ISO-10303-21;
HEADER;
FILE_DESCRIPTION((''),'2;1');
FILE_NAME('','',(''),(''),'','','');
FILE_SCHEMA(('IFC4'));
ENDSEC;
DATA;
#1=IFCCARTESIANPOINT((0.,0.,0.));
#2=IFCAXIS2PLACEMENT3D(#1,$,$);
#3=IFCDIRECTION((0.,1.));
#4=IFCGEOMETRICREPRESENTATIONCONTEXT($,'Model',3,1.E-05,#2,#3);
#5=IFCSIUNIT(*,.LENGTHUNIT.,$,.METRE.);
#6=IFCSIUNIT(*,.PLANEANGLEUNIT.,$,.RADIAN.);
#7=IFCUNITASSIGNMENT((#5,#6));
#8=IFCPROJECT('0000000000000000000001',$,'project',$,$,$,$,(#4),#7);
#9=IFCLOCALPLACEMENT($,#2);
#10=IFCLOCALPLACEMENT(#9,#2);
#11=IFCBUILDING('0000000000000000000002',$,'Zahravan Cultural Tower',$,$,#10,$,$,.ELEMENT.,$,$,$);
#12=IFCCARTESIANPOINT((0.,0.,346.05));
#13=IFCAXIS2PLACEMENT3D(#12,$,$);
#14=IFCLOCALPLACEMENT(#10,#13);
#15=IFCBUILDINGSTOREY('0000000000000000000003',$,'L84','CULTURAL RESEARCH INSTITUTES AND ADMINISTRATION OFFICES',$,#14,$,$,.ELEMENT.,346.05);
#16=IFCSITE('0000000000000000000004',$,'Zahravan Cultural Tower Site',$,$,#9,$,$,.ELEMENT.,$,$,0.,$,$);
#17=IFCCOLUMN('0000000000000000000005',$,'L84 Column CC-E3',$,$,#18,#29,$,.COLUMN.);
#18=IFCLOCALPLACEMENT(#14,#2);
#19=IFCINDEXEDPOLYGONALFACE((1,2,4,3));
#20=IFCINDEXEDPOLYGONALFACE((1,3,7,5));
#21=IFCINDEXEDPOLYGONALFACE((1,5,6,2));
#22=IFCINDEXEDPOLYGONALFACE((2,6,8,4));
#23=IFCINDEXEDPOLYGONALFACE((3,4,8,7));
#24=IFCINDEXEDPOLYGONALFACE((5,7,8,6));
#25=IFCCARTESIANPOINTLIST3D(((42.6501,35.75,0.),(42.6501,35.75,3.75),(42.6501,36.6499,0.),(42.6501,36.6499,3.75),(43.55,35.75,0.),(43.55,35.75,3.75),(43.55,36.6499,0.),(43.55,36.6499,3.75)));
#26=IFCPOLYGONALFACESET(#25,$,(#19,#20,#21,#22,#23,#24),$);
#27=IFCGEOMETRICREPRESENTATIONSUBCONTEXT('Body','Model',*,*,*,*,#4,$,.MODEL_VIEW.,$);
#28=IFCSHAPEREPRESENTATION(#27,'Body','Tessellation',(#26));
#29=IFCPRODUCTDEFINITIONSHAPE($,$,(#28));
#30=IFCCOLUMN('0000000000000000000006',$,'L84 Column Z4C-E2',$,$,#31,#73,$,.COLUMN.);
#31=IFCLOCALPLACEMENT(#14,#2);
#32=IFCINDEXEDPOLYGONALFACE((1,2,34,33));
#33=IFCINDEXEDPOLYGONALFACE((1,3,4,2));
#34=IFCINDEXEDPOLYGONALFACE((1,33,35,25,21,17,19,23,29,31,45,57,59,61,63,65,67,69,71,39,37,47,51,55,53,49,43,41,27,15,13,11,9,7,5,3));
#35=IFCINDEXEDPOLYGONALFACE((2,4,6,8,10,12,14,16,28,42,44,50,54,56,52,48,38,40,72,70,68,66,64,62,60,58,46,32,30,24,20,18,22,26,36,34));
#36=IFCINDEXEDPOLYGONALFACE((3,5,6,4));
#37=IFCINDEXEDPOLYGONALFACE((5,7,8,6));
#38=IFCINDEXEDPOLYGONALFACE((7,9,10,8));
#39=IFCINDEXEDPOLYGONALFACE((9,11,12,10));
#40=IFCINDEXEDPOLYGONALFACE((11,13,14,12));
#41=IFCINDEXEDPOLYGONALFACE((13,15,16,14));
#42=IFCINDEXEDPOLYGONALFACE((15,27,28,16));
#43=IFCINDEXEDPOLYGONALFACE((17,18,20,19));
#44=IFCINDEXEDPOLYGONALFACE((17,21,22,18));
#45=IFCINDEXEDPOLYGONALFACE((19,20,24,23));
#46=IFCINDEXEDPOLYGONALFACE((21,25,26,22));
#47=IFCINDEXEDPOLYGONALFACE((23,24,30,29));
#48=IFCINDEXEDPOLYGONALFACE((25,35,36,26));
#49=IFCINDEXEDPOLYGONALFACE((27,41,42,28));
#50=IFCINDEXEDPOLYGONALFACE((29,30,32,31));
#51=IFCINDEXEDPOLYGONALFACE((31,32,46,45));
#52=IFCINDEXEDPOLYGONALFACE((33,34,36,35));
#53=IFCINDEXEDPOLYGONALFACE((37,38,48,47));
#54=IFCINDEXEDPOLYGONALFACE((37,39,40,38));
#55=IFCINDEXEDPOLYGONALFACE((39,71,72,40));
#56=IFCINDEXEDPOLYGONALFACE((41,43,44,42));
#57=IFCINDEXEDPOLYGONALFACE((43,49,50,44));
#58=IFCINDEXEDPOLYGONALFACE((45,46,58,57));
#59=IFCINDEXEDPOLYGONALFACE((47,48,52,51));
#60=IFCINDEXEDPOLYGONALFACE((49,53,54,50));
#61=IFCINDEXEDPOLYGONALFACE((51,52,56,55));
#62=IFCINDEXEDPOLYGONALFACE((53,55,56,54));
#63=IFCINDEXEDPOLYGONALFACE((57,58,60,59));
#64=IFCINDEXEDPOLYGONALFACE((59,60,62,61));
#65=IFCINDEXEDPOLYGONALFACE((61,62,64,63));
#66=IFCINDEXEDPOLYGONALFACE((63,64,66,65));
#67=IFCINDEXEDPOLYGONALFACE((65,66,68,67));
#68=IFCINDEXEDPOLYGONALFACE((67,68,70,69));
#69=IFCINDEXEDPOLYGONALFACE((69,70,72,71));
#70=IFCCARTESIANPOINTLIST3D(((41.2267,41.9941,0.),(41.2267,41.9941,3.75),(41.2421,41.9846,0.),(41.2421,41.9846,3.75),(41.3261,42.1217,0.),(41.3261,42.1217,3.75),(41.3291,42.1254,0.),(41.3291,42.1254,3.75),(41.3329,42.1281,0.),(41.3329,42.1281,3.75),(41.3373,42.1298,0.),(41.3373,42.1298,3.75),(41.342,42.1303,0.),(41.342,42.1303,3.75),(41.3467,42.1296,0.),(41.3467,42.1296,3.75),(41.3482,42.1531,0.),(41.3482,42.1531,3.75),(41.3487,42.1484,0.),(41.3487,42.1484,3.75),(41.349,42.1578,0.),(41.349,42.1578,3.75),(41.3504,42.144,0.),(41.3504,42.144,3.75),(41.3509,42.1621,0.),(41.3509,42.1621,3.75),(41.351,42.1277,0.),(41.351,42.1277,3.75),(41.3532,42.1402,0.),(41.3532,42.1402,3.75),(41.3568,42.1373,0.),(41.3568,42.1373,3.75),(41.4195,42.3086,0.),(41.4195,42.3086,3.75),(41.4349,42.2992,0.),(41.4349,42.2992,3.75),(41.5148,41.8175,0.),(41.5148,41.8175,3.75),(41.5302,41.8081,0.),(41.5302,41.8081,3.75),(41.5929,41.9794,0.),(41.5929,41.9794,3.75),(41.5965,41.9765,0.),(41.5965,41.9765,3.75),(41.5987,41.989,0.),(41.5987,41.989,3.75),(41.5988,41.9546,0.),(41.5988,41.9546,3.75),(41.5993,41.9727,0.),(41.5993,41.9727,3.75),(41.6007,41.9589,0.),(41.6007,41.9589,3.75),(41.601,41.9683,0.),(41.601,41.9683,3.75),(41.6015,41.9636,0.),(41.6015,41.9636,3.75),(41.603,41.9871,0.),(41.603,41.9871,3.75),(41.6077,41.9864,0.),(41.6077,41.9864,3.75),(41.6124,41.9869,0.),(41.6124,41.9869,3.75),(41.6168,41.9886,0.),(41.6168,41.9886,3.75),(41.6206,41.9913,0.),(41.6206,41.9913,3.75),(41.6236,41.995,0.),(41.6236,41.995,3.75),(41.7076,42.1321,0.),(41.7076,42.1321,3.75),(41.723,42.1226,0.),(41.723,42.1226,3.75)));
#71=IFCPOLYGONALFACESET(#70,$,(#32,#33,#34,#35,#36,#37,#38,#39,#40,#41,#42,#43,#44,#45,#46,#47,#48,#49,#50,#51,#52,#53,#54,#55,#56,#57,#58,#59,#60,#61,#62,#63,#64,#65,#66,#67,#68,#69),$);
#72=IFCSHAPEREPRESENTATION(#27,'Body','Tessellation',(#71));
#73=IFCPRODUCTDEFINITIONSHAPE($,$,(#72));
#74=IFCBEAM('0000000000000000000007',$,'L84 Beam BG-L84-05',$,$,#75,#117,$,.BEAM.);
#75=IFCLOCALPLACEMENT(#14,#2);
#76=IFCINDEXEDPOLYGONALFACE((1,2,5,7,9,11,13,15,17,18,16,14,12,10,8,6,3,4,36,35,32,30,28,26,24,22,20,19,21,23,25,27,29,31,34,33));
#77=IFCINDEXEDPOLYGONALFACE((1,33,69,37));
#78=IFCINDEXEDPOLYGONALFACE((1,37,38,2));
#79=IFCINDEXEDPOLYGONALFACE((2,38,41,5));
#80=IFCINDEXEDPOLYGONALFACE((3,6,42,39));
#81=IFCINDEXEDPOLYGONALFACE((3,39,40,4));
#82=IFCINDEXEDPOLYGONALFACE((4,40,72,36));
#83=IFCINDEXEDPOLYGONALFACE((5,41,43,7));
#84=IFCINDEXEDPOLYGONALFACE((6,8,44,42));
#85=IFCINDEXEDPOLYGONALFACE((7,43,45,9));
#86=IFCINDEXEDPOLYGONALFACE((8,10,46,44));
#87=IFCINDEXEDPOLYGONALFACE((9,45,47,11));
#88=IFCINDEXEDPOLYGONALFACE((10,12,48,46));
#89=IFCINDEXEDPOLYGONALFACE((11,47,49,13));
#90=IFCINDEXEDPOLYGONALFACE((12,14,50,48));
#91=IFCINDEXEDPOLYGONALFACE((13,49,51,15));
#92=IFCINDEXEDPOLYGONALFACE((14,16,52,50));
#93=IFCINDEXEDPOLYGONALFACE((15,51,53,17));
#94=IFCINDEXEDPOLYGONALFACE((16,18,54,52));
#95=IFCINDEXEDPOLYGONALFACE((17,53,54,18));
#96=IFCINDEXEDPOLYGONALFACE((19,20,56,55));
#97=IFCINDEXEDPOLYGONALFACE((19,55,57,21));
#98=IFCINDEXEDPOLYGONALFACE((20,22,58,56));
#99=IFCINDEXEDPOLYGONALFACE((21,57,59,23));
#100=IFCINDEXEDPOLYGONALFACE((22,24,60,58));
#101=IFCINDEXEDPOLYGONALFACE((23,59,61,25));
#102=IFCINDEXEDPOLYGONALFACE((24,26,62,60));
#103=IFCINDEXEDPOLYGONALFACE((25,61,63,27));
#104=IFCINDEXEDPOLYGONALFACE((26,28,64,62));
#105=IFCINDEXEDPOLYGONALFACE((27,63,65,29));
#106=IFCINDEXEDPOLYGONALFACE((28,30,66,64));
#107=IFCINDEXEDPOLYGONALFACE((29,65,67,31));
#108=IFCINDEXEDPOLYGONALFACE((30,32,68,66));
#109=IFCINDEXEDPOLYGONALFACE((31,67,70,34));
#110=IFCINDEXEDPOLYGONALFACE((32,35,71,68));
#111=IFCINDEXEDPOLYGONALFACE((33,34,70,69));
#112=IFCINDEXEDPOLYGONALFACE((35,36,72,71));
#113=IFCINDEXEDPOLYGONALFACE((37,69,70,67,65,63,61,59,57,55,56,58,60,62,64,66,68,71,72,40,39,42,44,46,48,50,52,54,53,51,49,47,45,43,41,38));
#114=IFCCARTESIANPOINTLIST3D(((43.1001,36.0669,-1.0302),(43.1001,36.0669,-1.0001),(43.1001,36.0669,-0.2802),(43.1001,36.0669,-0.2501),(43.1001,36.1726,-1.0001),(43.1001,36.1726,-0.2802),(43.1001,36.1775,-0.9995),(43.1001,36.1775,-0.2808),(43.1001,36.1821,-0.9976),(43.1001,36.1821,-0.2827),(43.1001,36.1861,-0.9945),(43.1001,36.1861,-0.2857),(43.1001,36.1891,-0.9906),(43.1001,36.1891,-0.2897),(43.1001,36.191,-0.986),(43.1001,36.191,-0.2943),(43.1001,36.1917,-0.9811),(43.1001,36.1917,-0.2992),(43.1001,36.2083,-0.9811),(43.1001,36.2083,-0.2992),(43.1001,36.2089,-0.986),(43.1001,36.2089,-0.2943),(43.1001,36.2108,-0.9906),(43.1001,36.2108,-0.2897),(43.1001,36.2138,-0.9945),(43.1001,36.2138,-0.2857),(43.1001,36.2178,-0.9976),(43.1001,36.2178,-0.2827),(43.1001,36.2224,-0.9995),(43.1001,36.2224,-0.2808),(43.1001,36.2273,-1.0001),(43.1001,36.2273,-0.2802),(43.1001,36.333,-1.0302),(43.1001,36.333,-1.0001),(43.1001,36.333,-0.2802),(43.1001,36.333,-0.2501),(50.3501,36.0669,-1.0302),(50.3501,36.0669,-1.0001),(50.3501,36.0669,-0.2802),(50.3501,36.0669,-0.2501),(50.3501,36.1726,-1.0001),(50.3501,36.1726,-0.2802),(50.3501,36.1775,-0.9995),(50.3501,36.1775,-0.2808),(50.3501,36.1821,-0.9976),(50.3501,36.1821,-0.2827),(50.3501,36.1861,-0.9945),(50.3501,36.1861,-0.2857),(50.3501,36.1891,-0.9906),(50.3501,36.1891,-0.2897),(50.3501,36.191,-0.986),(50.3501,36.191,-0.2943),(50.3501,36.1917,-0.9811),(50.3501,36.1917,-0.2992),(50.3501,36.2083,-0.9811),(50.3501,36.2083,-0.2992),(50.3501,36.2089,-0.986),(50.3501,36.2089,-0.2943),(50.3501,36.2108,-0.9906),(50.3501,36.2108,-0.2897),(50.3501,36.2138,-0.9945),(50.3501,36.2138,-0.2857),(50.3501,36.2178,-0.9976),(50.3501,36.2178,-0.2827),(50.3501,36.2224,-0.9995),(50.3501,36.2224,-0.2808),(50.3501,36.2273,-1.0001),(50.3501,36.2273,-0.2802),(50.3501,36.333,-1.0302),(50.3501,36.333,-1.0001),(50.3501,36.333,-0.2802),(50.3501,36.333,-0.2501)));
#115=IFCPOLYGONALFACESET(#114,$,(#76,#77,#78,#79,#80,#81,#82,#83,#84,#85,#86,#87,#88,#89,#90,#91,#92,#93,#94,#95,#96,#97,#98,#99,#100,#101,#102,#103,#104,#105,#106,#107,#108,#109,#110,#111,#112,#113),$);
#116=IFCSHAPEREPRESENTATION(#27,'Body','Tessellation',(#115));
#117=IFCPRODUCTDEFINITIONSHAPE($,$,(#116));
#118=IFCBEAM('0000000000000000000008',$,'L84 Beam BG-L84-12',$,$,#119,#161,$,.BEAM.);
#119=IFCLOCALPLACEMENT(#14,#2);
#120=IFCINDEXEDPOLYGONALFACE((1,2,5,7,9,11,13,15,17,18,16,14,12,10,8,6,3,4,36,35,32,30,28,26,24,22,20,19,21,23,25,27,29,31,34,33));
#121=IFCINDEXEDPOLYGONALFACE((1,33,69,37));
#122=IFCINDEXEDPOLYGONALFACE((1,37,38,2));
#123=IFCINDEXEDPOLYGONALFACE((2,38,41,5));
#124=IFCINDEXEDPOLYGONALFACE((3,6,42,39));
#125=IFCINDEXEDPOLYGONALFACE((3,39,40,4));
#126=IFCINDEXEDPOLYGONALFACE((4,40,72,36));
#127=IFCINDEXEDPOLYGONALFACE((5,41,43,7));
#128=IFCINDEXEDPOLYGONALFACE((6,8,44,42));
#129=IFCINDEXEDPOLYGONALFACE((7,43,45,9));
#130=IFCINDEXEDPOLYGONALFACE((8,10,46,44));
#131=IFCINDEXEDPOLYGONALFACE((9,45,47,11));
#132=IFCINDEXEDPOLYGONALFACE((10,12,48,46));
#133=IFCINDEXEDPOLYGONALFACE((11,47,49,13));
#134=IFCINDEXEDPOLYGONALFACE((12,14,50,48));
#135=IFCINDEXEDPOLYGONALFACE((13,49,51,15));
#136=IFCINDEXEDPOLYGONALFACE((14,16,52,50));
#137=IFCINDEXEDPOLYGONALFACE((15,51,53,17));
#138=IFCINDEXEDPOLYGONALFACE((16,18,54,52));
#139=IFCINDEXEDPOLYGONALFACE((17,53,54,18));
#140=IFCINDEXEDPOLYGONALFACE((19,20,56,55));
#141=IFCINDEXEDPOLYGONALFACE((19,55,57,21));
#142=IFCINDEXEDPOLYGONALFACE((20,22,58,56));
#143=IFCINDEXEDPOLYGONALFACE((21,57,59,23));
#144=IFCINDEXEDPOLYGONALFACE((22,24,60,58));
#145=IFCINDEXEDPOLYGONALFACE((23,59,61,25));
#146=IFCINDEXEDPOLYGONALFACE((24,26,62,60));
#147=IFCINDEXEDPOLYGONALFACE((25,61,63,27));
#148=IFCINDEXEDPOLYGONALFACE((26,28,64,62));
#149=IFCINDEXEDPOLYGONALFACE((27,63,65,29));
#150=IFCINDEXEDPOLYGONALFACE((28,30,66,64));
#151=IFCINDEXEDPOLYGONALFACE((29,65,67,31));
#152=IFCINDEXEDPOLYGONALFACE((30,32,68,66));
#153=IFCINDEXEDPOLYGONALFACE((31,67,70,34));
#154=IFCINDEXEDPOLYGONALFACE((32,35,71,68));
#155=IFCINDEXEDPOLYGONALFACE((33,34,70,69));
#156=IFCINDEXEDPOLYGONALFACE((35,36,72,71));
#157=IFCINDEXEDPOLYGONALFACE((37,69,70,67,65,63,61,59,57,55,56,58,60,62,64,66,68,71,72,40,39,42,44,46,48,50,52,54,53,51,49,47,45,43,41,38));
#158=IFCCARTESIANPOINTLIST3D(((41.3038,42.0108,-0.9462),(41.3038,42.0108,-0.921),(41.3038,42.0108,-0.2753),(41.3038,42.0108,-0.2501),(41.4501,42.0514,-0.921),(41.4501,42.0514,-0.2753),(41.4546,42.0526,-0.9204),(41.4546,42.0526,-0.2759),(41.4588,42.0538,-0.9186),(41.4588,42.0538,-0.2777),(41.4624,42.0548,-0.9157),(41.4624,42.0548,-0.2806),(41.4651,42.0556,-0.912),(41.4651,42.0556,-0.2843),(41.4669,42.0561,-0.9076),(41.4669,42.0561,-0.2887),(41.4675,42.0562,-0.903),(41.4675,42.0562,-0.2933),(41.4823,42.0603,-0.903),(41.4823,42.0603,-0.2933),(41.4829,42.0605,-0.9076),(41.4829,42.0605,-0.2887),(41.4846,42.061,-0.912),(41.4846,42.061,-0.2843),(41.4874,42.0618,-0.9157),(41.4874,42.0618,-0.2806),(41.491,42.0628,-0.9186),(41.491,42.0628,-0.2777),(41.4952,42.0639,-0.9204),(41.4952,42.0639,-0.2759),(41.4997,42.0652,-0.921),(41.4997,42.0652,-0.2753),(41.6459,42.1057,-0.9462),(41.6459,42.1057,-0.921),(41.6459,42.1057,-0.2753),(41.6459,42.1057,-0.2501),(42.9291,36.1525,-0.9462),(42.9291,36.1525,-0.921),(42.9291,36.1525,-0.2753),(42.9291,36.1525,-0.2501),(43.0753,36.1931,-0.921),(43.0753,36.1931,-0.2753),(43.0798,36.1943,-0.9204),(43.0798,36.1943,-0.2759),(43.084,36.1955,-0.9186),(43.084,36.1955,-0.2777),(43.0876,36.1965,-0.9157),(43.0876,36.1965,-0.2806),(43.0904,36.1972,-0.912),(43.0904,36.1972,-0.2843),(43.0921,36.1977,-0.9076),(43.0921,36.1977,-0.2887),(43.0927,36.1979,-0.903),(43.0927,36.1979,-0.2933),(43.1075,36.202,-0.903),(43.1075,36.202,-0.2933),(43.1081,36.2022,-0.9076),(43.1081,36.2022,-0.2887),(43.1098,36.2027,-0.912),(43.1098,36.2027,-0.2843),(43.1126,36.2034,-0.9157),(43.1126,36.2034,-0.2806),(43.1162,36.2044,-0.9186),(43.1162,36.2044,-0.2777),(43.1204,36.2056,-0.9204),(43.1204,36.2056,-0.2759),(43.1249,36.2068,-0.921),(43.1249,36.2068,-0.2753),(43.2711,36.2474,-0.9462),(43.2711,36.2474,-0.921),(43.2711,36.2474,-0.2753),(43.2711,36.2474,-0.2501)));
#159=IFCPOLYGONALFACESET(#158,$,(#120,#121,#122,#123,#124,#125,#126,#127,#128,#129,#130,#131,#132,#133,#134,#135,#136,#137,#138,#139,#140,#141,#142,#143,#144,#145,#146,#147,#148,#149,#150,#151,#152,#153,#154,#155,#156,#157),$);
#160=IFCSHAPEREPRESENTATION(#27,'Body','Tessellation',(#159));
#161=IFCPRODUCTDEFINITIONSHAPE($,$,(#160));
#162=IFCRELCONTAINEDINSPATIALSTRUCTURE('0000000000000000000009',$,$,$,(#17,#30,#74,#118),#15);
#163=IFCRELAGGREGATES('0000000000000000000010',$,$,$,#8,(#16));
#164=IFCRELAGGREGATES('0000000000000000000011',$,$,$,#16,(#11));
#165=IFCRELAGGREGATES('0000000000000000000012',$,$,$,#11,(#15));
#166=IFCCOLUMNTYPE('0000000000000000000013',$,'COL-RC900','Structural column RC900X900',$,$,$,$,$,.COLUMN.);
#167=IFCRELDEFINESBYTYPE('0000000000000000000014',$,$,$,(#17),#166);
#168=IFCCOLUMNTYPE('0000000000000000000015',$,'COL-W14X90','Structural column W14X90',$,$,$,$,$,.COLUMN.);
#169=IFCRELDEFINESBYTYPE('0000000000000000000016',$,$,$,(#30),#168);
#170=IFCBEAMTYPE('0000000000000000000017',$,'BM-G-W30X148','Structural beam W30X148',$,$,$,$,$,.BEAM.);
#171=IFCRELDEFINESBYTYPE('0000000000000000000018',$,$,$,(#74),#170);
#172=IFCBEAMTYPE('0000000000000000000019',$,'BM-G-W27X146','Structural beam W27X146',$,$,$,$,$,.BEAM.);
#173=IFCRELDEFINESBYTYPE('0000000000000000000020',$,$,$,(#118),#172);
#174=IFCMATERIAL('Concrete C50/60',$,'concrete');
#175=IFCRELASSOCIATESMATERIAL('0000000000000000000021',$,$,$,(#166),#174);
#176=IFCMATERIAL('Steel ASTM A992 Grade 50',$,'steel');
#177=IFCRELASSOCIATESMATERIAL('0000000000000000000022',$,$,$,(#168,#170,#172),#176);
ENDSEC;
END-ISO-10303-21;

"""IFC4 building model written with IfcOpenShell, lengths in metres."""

from ifc_helpers import new_model, si_unit, direction, frame, origin, origin_2d, place, context, subcontext, project, spatial, rectangle, i_section, extrude, source, transform, mapped, material, material_profile, profile_set, type_object, element, save


model = new_model("IFC4")

# Units and contexts
model_context = context("Model", 3, precision=1e-05, world=origin(), true_north=direction((0.0, 1.0)))
body_context = subcontext(model_context, "Body", "Model", "MODEL_VIEW")
ifc_project = project(units=[si_unit("LENGTHUNIT", "METRE"), si_unit("PLANEANGLEUNIT", "RADIAN")], contexts=[model_context])

# Site, building, storey
site_placement = place(None, origin())
site = spatial("IfcSite", under=ifc_project, at=site_placement, Name="Zahravan Cultural Tower Site", CompositionType="ELEMENT", RefElevation=0.0)
building_placement = place(site_placement, origin())
building = spatial("IfcBuilding", under=site, at=building_placement, Name="Zahravan Cultural Tower", CompositionType="ELEMENT")
storey_placement = place(building_placement, frame((0.0, 0.0, 346.05)))
storey = spatial("IfcBuildingStorey", under=building, at=storey_placement, Name="L84", Description="CULTURAL RESEARCH INSTITUTES AND ADMINISTRATION OFFICES", CompositionType="ELEMENT", Elevation=346.05)

# Columns
ifc_material_1 = material(Name="Concrete C50/60", Category="concrete")
ifc_material_profile_1 = material_profile(ifc_material_1, rectangle(XDim=0.8999, YDim=0.8999, at=origin_2d()), Name="RC900X900")
ifc_profile_set_1 = profile_set([ifc_material_profile_1], Name="Concrete C50/60")
column_type_1 = type_object("IfcColumnType", Name="COL-RC900", Description="Structural column RC900X900", PredefinedType="COLUMN", material=ifc_profile_set_1)
shared_shape_1 = source(origin(), body_context, "Body", "SweptSolid", [
    extrude(rectangle(XDim=0.8999, YDim=0.8999, at=origin_2d()), origin(), (0.0, 0.0, 1.0), 3.75),
])
column_1_placement = place(storey_placement, frame((43.1001, 36.2, 0.0), z_axis=(0.0, 0.0, 1.0), x_axis=(1.0, 0.0, 0.0)))
element("IfcColumn", 1, at=column_1_placement, inside=storey, type_object=column_type_1, Name="L84 Column CC-E3", PredefinedType="COLUMN", context=body_context, shape_type="MappedRepresentation", body=[
    mapped(shared_shape_1, transform((0.0, 0.0, 0.0), x_axis=(1.0, 0.0, 0.0), y_axis=(0.0, 1.0, 0.0), z_axis=(0.0, 0.0, 1.0), scale=1.0)),
])
ifc_material_2 = material(Name="Steel ASTM A992 Grade 50", Category="steel")
ifc_material_profile_2 = material_profile(ifc_material_2, i_section(OverallWidth=0.3689, OverallDepth=0.356, WebThickness=0.0112, FlangeThickness=0.0181, FilletRadius=0.0181, at=origin_2d()), Name="W14X90")
ifc_profile_set_2 = profile_set([ifc_material_profile_2], Name="Steel ASTM A992 Grade 50")
column_type_2 = type_object("IfcColumnType", Name="COL-W14X90", Description="Structural column W14X90", PredefinedType="COLUMN", material=ifc_profile_set_2)
shared_shape_2 = source(origin(), body_context, "Body", "SweptSolid", [
    extrude(i_section(OverallWidth=0.3689, OverallDepth=0.356, WebThickness=0.0112, FlangeThickness=0.0181, FilletRadius=0.0181, at=origin_2d()), origin(), (0.0, 0.0, 1.0), 3.75),
])
column_2_placement = place(storey_placement, frame((41.4749, 42.0583, 0.0), z_axis=(0.0, 0.0, 1.0), x_axis=(0.522499, 0.85264, 0.0)))
element("IfcColumn", 2, at=column_2_placement, inside=storey, type_object=column_type_2, Name="L84 Column Z4C-E2", PredefinedType="COLUMN", context=body_context, shape_type="MappedRepresentation", body=[
    mapped(shared_shape_2, transform((0.0, 0.0, 0.0), x_axis=(1.0, 0.0, 0.0), y_axis=(0.0, 1.0, 0.0), z_axis=(0.0, 0.0, 1.0), scale=1.0)),
])

# Beams
ifc_material_profile_3 = material_profile(ifc_material_2, i_section(OverallWidth=0.2661, OverallDepth=0.78, WebThickness=0.0166, FlangeThickness=0.03, FilletRadius=0.019, at=origin_2d()), Name="W30X148")
ifc_profile_set_3 = profile_set([ifc_material_profile_3], Name="Steel ASTM A992 Grade 50")
beam_type_1 = type_object("IfcBeamType", Name="BM-G-W30X148", Description="Structural beam W30X148", PredefinedType="BEAM", material=ifc_profile_set_3)
shared_shape_3 = source(origin(), body_context, "Body", "SweptSolid", [
    extrude(i_section(OverallWidth=0.2661, OverallDepth=0.78, WebThickness=0.0166, FlangeThickness=0.03, FilletRadius=0.019, at=origin_2d()), origin(), (0.0, 0.0, 1.0), 7.25),
])
beam_1_placement = place(storey_placement, frame((43.1001, 36.2, -0.6401), z_axis=(1.0, 0.0, 0.0), x_axis=(0.0, 1.0, 0.0)))
element("IfcBeam", 3, at=beam_1_placement, inside=storey, type_object=beam_type_1, Name="L84 Beam BG-L84-05", PredefinedType="BEAM", context=body_context, shape_type="MappedRepresentation", body=[
    mapped(shared_shape_3, transform((0.0, 0.0, 0.0), x_axis=(1.0, 0.0, 0.0), y_axis=(0.0, 1.0, 0.0), z_axis=(0.0, 0.0, 1.0), scale=1.0)),
])
ifc_material_profile_4 = material_profile(ifc_material_2, i_section(OverallWidth=0.355, OverallDepth=0.696, WebThickness=0.0154, FlangeThickness=0.0251, FilletRadius=0.0181, at=origin_2d()), Name="W27X146")
ifc_profile_set_4 = profile_set([ifc_material_profile_4], Name="Steel ASTM A992 Grade 50")
beam_type_2 = type_object("IfcBeamType", Name="BM-G-W27X146", Description="Structural beam W27X146", PredefinedType="BEAM", material=ifc_profile_set_4)
shared_shape_4 = source(origin(), body_context, "Body", "SweptSolid", [
    extrude(i_section(OverallWidth=0.355, OverallDepth=0.696, WebThickness=0.0154, FlangeThickness=0.0251, FilletRadius=0.0181, at=origin_2d()), origin(), (0.0, 0.0, 1.0), 6.0796),
])
beam_2_placement = place(storey_placement, frame((43.1001, 36.2, -0.5981), z_axis=(-0.267325, 0.963606, 0.0), x_axis=(-0.963606, -0.267325, 0.0)))
element("IfcBeam", 4, at=beam_2_placement, inside=storey, type_object=beam_type_2, Name="L84 Beam BG-L84-12", PredefinedType="BEAM", context=body_context, shape_type="MappedRepresentation", body=[
    mapped(shared_shape_4, transform((0.0, 0.0, 0.0), x_axis=(1.0, 0.0, 0.0), y_axis=(0.0, 1.0, 0.0), z_axis=(0.0, 0.0, 1.0), scale=1.0)),
])

save(model, "model.ifc")
